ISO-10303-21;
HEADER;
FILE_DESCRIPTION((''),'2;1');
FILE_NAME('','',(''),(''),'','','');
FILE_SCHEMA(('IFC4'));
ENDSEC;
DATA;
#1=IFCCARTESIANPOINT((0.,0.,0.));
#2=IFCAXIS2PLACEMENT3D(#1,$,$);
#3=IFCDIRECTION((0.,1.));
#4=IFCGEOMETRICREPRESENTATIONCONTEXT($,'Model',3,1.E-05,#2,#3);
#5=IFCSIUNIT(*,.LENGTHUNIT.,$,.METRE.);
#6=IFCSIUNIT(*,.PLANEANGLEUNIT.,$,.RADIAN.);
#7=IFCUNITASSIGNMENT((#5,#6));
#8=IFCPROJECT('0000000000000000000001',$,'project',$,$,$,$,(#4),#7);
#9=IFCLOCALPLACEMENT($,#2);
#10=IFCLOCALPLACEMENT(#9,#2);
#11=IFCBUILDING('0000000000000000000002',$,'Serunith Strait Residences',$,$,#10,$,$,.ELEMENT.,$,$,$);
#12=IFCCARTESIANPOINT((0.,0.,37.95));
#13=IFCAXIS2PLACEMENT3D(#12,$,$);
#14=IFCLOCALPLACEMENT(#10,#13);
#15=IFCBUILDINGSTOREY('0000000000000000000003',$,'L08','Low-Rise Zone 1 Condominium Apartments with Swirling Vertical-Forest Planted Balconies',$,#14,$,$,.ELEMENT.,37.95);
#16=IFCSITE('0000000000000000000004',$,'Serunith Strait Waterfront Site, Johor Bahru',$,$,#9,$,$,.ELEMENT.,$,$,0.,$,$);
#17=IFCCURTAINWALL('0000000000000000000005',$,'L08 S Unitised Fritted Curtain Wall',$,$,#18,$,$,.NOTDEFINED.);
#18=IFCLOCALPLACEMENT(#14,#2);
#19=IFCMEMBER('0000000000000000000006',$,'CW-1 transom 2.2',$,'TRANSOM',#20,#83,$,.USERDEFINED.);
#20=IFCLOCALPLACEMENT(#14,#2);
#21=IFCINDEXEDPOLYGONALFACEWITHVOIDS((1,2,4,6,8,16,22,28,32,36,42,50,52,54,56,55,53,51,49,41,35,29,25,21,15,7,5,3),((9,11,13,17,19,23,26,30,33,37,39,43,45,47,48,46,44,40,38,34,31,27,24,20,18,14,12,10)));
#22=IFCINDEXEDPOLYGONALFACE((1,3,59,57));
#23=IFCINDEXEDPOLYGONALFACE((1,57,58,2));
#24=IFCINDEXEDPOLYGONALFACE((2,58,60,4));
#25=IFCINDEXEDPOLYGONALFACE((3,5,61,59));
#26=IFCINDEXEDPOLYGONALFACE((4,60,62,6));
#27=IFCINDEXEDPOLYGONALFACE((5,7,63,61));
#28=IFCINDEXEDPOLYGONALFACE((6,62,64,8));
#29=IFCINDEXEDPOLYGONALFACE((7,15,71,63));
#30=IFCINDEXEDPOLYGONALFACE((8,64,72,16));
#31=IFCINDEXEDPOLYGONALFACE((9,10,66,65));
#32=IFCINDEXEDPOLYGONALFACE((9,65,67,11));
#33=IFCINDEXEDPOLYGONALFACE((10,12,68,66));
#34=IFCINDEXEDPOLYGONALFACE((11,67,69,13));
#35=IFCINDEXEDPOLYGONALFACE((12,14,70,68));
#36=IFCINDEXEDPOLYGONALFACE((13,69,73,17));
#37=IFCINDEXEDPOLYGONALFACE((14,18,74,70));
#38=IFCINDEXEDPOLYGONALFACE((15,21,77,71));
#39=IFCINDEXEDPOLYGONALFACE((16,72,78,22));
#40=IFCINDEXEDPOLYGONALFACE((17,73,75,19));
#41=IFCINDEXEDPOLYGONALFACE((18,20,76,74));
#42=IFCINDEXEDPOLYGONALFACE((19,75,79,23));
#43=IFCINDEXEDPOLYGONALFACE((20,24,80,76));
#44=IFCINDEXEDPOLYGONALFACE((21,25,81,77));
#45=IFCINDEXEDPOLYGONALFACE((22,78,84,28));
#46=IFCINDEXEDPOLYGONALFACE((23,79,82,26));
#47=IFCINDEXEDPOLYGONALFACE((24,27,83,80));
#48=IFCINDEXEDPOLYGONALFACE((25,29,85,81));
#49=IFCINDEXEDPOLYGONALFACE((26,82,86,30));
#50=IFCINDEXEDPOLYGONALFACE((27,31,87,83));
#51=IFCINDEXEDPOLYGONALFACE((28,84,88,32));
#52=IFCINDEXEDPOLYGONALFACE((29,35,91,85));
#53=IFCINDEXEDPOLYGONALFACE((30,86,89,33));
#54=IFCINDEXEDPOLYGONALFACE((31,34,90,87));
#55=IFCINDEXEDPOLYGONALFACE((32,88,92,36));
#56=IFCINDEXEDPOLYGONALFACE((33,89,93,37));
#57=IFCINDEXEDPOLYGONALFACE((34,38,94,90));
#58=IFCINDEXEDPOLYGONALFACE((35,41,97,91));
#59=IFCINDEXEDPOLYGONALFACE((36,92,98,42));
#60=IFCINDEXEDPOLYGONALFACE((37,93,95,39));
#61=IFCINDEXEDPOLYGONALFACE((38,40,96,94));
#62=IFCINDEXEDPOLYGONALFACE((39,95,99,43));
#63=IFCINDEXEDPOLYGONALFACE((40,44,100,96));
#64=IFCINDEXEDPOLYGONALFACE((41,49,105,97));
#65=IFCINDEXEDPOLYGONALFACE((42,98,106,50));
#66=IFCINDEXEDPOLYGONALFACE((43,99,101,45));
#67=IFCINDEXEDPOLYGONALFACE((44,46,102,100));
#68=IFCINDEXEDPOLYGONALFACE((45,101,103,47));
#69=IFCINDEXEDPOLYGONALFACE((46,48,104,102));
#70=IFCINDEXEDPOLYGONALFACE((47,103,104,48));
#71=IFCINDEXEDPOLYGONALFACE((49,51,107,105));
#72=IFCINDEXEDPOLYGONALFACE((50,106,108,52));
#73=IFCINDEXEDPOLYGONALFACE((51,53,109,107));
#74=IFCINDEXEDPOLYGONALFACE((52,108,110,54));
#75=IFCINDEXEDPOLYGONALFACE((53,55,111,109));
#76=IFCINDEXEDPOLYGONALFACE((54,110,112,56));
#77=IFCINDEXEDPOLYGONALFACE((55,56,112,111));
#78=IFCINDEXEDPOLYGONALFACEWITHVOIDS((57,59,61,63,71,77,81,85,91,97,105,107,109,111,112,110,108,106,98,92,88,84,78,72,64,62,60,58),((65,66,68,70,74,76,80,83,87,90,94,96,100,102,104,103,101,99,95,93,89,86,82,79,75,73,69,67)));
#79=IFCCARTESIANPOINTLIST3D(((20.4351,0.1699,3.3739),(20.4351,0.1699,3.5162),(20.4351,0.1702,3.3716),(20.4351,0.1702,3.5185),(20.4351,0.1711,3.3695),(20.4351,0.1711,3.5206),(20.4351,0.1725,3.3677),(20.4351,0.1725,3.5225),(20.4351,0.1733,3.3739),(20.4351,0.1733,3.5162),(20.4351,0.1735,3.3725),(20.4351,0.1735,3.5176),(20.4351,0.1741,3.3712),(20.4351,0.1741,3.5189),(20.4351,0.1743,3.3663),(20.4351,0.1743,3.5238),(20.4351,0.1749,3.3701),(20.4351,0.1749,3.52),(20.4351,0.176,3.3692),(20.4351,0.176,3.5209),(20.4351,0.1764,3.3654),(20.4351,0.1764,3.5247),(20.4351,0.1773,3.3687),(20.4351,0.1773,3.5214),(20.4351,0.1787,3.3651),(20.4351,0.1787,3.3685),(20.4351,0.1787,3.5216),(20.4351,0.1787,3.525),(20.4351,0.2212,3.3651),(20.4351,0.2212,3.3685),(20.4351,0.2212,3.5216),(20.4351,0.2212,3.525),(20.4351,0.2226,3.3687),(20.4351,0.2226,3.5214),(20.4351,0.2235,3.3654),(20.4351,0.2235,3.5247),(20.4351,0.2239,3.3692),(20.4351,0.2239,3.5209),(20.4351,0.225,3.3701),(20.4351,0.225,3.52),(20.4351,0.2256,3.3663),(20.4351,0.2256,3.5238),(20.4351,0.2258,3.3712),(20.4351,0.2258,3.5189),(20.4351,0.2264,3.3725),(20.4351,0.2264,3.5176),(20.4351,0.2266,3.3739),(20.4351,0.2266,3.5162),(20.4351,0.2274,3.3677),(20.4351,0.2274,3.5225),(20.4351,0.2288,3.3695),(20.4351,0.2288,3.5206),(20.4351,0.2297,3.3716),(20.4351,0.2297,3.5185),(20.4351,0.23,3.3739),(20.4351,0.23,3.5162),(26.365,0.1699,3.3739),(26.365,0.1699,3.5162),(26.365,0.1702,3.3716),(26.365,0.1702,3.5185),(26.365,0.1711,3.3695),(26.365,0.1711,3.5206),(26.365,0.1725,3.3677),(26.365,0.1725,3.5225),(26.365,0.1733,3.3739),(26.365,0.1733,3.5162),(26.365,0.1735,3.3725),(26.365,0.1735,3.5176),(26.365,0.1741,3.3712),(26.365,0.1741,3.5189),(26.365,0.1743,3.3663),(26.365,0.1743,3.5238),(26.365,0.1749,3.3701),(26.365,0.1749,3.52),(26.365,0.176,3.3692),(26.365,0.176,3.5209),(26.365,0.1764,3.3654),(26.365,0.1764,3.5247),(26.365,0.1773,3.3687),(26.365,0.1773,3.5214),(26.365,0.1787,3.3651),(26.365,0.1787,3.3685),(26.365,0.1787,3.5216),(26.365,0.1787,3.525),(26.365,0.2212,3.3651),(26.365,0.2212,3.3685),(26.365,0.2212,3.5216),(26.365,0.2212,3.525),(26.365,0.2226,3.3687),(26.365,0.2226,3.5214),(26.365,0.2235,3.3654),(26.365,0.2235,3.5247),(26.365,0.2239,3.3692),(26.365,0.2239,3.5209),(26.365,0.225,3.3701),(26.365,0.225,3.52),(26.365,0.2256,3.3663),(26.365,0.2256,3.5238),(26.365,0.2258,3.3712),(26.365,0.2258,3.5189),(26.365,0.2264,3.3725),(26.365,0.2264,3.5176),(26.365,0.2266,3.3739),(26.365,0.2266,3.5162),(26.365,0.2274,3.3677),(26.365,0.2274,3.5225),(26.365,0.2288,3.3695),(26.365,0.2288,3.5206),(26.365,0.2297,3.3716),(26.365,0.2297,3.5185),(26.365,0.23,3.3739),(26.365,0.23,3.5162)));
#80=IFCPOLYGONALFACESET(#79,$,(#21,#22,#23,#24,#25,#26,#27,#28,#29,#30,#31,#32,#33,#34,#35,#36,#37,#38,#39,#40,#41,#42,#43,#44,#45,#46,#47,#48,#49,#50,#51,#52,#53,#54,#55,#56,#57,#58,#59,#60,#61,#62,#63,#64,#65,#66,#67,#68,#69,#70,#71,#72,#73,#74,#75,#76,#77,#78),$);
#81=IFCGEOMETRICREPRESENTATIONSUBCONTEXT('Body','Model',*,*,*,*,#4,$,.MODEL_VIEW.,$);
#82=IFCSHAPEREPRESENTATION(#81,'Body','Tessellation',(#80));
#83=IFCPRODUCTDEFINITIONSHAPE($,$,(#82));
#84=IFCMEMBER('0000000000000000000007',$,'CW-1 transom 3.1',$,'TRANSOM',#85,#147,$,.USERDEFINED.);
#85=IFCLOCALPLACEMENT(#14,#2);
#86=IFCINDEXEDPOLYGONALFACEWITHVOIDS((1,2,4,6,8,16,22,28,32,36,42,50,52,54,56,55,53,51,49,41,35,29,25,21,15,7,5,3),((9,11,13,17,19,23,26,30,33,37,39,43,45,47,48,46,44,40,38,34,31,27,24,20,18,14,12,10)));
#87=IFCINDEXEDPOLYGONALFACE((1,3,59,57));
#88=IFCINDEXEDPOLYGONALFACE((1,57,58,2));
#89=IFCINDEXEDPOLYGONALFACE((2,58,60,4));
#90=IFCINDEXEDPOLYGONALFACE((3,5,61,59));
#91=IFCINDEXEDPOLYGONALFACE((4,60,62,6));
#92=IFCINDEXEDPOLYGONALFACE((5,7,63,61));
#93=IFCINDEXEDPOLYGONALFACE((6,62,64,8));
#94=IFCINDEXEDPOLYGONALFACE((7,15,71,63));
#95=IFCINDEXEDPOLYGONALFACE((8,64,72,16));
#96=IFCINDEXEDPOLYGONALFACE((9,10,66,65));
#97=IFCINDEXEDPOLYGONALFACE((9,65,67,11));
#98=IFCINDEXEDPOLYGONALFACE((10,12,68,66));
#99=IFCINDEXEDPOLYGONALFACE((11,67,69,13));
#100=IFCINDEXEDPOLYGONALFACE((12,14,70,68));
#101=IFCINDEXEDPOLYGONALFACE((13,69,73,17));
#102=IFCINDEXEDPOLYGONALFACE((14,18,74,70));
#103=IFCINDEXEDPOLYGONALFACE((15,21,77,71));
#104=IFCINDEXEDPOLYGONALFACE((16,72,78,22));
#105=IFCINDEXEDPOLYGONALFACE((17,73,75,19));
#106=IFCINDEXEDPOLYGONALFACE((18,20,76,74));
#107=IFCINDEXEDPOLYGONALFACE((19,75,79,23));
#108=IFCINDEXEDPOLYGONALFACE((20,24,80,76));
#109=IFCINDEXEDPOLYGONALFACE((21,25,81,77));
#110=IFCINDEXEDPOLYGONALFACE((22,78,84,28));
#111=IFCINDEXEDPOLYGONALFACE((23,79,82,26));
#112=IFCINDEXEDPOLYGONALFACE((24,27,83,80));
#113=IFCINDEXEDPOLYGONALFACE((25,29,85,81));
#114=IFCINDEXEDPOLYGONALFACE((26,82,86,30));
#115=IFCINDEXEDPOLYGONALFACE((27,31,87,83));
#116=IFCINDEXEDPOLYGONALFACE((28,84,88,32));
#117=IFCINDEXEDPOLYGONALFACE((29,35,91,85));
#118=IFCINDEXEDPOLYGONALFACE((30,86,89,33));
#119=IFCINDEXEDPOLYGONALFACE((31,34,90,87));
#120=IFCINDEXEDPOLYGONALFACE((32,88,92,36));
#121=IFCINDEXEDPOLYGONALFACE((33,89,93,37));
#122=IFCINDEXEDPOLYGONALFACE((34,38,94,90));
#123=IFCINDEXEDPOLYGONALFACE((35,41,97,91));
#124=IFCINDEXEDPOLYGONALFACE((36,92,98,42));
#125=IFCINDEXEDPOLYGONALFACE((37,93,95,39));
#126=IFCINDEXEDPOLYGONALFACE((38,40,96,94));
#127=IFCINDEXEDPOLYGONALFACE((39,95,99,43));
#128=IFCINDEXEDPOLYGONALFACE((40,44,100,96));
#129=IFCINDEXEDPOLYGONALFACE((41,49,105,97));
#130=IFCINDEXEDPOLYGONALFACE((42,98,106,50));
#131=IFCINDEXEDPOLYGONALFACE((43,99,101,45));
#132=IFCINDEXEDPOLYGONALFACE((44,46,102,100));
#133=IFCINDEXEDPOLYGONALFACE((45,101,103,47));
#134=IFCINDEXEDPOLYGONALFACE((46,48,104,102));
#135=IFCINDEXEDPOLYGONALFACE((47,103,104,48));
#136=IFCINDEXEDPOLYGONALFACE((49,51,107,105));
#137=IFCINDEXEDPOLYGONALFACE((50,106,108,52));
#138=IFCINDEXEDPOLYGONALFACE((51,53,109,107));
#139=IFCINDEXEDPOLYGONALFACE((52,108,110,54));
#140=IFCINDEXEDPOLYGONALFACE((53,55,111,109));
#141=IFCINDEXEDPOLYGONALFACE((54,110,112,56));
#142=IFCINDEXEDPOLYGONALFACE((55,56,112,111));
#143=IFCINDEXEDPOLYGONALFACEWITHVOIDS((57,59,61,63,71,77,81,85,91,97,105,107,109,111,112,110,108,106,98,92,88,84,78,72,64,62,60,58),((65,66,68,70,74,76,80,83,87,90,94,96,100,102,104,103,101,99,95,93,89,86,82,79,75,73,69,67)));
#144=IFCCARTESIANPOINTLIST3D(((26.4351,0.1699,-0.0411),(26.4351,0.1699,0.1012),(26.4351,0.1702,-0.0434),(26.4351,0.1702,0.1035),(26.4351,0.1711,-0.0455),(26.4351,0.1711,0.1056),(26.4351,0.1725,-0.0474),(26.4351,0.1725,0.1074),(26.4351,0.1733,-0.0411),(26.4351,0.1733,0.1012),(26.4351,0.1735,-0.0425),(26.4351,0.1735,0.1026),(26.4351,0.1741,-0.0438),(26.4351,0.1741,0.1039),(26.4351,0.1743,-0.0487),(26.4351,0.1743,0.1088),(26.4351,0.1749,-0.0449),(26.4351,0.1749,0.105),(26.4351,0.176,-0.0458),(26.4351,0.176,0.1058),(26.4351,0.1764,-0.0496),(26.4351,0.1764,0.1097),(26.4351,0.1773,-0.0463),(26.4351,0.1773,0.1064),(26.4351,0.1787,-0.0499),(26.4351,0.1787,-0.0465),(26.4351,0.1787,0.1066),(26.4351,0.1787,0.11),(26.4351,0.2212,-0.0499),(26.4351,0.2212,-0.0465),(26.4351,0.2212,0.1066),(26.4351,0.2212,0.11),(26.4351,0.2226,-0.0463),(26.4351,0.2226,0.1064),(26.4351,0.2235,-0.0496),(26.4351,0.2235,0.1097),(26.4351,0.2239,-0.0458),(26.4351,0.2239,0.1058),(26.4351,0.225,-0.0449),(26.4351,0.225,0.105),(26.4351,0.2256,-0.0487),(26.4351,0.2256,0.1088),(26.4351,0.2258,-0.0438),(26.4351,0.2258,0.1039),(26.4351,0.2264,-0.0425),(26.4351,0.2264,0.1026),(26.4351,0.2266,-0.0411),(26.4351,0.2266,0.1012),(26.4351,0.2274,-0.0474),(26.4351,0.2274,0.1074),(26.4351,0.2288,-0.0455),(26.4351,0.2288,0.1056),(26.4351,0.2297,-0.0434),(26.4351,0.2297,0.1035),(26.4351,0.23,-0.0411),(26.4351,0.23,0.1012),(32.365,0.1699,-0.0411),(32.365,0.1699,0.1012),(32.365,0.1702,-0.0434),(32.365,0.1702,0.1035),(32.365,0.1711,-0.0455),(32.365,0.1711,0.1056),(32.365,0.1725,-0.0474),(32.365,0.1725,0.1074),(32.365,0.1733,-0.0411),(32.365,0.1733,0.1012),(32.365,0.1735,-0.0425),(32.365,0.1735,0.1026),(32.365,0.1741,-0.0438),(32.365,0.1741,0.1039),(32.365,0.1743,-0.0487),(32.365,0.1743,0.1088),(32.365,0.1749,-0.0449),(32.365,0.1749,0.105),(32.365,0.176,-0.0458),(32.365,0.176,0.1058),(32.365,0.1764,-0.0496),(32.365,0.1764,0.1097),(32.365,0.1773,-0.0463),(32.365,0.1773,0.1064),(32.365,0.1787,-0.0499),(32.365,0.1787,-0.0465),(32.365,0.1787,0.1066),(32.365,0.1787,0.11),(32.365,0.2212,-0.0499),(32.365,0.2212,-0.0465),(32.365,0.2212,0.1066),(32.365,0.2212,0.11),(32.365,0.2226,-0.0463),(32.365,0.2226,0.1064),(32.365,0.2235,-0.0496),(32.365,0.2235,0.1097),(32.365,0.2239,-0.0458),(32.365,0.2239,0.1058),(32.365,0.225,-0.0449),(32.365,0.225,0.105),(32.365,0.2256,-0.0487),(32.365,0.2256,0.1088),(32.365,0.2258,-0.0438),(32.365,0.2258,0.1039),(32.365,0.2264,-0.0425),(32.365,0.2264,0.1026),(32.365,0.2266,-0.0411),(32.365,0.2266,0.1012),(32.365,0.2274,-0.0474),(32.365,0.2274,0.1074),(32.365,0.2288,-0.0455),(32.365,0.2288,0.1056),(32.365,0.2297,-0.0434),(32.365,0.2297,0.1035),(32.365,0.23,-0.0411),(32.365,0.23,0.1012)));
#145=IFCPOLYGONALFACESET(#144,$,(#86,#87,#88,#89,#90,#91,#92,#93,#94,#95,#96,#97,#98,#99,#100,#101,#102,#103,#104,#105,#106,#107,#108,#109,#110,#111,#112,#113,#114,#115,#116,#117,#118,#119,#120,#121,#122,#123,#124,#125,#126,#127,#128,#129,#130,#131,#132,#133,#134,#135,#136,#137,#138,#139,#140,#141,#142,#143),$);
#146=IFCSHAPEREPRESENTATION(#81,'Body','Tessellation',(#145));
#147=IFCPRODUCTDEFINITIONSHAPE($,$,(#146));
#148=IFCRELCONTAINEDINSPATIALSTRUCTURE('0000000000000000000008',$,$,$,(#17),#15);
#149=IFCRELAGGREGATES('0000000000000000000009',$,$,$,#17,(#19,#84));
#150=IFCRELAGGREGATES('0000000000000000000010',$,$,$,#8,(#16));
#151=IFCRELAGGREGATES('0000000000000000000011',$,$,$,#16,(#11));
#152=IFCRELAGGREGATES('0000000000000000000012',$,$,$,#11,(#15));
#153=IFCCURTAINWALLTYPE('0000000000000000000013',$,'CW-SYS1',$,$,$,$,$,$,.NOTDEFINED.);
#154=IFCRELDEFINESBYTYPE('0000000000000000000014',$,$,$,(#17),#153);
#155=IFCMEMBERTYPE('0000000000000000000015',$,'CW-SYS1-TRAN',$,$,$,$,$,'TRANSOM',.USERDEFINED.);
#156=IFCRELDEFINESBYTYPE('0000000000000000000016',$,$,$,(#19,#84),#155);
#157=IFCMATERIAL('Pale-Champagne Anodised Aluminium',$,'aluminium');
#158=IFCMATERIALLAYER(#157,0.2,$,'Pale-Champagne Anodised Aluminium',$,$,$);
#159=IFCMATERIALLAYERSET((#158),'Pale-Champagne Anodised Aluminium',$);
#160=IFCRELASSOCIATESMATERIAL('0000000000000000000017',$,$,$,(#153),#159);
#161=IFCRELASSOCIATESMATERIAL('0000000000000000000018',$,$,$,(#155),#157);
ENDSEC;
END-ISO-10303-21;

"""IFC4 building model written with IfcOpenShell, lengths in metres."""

from ifc_helpers import new_model, si_unit, direction, frame, origin, origin_2d, place, context, subcontext, project, spatial, hollow_rectangle, extrude, source, transform, mapped, material, layer, layer_set, material_profile, profile_set, type_object, element, aggregate, save


model = new_model("IFC4")

# Units and contexts
model_context = context("Model", 3, precision=1e-05, world=origin(), true_north=direction((0.0, 1.0)))
body_context = subcontext(model_context, "Body", "Model", "MODEL_VIEW")
ifc_project = project(units=[si_unit("LENGTHUNIT", "METRE"), si_unit("PLANEANGLEUNIT", "RADIAN")], contexts=[model_context])

# Site, building, storey
site_placement = place(None, origin())
site = spatial("IfcSite", under=ifc_project, at=site_placement, Name="Serunith Strait Waterfront Site, Johor Bahru", CompositionType="ELEMENT", RefElevation=0.0)
building_placement = place(site_placement, origin())
building = spatial("IfcBuilding", under=site, at=building_placement, Name="Serunith Strait Residences", CompositionType="ELEMENT")
storey_placement = place(building_placement, frame((0.0, 0.0, 37.95)))
storey = spatial("IfcBuildingStorey", under=building, at=storey_placement, Name="L08", Description="Low-Rise Zone 1 Condominium Apartments with Swirling Vertical-Forest Planted Balconies", CompositionType="ELEMENT", Elevation=37.95)

# Curtain wall, members
ifc_material_1 = material(Name="Pale-Champagne Anodised Aluminium", Category="aluminium")
ifc_layer_1 = layer(ifc_material_1, 0.2, Name="Pale-Champagne Anodised Aluminium")
ifc_layer_set_1 = layer_set([ifc_layer_1], Name="Pale-Champagne Anodised Aluminium")
curtain_wall_type = type_object("IfcCurtainWallType", Name="CW-SYS1", PredefinedType="NOTDEFINED", material=ifc_layer_set_1)
curtain_wall_placement = place(storey_placement, origin())
curtain_wall = element("IfcCurtainWall", 1, at=curtain_wall_placement, inside=storey, type_object=curtain_wall_type, Name="L08 S Unitised Fritted Curtain Wall", PredefinedType="NOTDEFINED")
ifc_material_profile_1 = material_profile(ifc_material_1, hollow_rectangle(XDim=0.0601, YDim=0.1599, WallThickness=0.0034, InnerFilletRadius=0.0054, OuterFilletRadius=0.0088, at=origin_2d()), Name="ALU 160x60x3.5")
ifc_profile_set_1 = profile_set([ifc_material_profile_1], Name="Pale-Champagne Anodised Aluminium")
member_type_1 = type_object("IfcMemberType", Name="CW-SYS1-TRAN", ElementType="TRANSOM", PredefinedType="USERDEFINED", material=ifc_profile_set_1)
shared_shape_1 = source(origin(), body_context, "Body", "SweptSolid", [
    extrude(hollow_rectangle(XDim=0.0601, YDim=0.1599, WallThickness=0.0034, InnerFilletRadius=0.0054, OuterFilletRadius=0.0088, at=origin_2d()), origin(), (0.0, 0.0, 1.0), 5.9299),
])
member_1_placement = place(storey_placement, frame((20.4351, 0.2, 3.4451), z_axis=(1.0, 0.0, 0.0), x_axis=(0.0, 1.0, 0.0)))
member_1 = element("IfcMember", 2, at=member_1_placement, type_object=member_type_1, Name="CW-1 transom 2.2", ObjectType="TRANSOM", PredefinedType="USERDEFINED", context=body_context, shape_type="MappedRepresentation", body=[
    mapped(shared_shape_1, transform((0.0, 0.0, 0.0), scale=1.0)),
])
member_2_placement = place(storey_placement, frame((26.4351, 0.2, 0.03), z_axis=(1.0, 0.0, 0.0), x_axis=(0.0, 1.0, 0.0)))
member_2 = element("IfcMember", 3, at=member_2_placement, type_object=member_type_1, Name="CW-1 transom 3.1", ObjectType="TRANSOM", PredefinedType="USERDEFINED", context=body_context, shape_type="MappedRepresentation", body=[
    mapped(shared_shape_1, transform((0.0, 0.0, 0.0), scale=1.0)),
])
aggregate(curtain_wall, [member_1, member_2])

save(model, "model.ifc")
